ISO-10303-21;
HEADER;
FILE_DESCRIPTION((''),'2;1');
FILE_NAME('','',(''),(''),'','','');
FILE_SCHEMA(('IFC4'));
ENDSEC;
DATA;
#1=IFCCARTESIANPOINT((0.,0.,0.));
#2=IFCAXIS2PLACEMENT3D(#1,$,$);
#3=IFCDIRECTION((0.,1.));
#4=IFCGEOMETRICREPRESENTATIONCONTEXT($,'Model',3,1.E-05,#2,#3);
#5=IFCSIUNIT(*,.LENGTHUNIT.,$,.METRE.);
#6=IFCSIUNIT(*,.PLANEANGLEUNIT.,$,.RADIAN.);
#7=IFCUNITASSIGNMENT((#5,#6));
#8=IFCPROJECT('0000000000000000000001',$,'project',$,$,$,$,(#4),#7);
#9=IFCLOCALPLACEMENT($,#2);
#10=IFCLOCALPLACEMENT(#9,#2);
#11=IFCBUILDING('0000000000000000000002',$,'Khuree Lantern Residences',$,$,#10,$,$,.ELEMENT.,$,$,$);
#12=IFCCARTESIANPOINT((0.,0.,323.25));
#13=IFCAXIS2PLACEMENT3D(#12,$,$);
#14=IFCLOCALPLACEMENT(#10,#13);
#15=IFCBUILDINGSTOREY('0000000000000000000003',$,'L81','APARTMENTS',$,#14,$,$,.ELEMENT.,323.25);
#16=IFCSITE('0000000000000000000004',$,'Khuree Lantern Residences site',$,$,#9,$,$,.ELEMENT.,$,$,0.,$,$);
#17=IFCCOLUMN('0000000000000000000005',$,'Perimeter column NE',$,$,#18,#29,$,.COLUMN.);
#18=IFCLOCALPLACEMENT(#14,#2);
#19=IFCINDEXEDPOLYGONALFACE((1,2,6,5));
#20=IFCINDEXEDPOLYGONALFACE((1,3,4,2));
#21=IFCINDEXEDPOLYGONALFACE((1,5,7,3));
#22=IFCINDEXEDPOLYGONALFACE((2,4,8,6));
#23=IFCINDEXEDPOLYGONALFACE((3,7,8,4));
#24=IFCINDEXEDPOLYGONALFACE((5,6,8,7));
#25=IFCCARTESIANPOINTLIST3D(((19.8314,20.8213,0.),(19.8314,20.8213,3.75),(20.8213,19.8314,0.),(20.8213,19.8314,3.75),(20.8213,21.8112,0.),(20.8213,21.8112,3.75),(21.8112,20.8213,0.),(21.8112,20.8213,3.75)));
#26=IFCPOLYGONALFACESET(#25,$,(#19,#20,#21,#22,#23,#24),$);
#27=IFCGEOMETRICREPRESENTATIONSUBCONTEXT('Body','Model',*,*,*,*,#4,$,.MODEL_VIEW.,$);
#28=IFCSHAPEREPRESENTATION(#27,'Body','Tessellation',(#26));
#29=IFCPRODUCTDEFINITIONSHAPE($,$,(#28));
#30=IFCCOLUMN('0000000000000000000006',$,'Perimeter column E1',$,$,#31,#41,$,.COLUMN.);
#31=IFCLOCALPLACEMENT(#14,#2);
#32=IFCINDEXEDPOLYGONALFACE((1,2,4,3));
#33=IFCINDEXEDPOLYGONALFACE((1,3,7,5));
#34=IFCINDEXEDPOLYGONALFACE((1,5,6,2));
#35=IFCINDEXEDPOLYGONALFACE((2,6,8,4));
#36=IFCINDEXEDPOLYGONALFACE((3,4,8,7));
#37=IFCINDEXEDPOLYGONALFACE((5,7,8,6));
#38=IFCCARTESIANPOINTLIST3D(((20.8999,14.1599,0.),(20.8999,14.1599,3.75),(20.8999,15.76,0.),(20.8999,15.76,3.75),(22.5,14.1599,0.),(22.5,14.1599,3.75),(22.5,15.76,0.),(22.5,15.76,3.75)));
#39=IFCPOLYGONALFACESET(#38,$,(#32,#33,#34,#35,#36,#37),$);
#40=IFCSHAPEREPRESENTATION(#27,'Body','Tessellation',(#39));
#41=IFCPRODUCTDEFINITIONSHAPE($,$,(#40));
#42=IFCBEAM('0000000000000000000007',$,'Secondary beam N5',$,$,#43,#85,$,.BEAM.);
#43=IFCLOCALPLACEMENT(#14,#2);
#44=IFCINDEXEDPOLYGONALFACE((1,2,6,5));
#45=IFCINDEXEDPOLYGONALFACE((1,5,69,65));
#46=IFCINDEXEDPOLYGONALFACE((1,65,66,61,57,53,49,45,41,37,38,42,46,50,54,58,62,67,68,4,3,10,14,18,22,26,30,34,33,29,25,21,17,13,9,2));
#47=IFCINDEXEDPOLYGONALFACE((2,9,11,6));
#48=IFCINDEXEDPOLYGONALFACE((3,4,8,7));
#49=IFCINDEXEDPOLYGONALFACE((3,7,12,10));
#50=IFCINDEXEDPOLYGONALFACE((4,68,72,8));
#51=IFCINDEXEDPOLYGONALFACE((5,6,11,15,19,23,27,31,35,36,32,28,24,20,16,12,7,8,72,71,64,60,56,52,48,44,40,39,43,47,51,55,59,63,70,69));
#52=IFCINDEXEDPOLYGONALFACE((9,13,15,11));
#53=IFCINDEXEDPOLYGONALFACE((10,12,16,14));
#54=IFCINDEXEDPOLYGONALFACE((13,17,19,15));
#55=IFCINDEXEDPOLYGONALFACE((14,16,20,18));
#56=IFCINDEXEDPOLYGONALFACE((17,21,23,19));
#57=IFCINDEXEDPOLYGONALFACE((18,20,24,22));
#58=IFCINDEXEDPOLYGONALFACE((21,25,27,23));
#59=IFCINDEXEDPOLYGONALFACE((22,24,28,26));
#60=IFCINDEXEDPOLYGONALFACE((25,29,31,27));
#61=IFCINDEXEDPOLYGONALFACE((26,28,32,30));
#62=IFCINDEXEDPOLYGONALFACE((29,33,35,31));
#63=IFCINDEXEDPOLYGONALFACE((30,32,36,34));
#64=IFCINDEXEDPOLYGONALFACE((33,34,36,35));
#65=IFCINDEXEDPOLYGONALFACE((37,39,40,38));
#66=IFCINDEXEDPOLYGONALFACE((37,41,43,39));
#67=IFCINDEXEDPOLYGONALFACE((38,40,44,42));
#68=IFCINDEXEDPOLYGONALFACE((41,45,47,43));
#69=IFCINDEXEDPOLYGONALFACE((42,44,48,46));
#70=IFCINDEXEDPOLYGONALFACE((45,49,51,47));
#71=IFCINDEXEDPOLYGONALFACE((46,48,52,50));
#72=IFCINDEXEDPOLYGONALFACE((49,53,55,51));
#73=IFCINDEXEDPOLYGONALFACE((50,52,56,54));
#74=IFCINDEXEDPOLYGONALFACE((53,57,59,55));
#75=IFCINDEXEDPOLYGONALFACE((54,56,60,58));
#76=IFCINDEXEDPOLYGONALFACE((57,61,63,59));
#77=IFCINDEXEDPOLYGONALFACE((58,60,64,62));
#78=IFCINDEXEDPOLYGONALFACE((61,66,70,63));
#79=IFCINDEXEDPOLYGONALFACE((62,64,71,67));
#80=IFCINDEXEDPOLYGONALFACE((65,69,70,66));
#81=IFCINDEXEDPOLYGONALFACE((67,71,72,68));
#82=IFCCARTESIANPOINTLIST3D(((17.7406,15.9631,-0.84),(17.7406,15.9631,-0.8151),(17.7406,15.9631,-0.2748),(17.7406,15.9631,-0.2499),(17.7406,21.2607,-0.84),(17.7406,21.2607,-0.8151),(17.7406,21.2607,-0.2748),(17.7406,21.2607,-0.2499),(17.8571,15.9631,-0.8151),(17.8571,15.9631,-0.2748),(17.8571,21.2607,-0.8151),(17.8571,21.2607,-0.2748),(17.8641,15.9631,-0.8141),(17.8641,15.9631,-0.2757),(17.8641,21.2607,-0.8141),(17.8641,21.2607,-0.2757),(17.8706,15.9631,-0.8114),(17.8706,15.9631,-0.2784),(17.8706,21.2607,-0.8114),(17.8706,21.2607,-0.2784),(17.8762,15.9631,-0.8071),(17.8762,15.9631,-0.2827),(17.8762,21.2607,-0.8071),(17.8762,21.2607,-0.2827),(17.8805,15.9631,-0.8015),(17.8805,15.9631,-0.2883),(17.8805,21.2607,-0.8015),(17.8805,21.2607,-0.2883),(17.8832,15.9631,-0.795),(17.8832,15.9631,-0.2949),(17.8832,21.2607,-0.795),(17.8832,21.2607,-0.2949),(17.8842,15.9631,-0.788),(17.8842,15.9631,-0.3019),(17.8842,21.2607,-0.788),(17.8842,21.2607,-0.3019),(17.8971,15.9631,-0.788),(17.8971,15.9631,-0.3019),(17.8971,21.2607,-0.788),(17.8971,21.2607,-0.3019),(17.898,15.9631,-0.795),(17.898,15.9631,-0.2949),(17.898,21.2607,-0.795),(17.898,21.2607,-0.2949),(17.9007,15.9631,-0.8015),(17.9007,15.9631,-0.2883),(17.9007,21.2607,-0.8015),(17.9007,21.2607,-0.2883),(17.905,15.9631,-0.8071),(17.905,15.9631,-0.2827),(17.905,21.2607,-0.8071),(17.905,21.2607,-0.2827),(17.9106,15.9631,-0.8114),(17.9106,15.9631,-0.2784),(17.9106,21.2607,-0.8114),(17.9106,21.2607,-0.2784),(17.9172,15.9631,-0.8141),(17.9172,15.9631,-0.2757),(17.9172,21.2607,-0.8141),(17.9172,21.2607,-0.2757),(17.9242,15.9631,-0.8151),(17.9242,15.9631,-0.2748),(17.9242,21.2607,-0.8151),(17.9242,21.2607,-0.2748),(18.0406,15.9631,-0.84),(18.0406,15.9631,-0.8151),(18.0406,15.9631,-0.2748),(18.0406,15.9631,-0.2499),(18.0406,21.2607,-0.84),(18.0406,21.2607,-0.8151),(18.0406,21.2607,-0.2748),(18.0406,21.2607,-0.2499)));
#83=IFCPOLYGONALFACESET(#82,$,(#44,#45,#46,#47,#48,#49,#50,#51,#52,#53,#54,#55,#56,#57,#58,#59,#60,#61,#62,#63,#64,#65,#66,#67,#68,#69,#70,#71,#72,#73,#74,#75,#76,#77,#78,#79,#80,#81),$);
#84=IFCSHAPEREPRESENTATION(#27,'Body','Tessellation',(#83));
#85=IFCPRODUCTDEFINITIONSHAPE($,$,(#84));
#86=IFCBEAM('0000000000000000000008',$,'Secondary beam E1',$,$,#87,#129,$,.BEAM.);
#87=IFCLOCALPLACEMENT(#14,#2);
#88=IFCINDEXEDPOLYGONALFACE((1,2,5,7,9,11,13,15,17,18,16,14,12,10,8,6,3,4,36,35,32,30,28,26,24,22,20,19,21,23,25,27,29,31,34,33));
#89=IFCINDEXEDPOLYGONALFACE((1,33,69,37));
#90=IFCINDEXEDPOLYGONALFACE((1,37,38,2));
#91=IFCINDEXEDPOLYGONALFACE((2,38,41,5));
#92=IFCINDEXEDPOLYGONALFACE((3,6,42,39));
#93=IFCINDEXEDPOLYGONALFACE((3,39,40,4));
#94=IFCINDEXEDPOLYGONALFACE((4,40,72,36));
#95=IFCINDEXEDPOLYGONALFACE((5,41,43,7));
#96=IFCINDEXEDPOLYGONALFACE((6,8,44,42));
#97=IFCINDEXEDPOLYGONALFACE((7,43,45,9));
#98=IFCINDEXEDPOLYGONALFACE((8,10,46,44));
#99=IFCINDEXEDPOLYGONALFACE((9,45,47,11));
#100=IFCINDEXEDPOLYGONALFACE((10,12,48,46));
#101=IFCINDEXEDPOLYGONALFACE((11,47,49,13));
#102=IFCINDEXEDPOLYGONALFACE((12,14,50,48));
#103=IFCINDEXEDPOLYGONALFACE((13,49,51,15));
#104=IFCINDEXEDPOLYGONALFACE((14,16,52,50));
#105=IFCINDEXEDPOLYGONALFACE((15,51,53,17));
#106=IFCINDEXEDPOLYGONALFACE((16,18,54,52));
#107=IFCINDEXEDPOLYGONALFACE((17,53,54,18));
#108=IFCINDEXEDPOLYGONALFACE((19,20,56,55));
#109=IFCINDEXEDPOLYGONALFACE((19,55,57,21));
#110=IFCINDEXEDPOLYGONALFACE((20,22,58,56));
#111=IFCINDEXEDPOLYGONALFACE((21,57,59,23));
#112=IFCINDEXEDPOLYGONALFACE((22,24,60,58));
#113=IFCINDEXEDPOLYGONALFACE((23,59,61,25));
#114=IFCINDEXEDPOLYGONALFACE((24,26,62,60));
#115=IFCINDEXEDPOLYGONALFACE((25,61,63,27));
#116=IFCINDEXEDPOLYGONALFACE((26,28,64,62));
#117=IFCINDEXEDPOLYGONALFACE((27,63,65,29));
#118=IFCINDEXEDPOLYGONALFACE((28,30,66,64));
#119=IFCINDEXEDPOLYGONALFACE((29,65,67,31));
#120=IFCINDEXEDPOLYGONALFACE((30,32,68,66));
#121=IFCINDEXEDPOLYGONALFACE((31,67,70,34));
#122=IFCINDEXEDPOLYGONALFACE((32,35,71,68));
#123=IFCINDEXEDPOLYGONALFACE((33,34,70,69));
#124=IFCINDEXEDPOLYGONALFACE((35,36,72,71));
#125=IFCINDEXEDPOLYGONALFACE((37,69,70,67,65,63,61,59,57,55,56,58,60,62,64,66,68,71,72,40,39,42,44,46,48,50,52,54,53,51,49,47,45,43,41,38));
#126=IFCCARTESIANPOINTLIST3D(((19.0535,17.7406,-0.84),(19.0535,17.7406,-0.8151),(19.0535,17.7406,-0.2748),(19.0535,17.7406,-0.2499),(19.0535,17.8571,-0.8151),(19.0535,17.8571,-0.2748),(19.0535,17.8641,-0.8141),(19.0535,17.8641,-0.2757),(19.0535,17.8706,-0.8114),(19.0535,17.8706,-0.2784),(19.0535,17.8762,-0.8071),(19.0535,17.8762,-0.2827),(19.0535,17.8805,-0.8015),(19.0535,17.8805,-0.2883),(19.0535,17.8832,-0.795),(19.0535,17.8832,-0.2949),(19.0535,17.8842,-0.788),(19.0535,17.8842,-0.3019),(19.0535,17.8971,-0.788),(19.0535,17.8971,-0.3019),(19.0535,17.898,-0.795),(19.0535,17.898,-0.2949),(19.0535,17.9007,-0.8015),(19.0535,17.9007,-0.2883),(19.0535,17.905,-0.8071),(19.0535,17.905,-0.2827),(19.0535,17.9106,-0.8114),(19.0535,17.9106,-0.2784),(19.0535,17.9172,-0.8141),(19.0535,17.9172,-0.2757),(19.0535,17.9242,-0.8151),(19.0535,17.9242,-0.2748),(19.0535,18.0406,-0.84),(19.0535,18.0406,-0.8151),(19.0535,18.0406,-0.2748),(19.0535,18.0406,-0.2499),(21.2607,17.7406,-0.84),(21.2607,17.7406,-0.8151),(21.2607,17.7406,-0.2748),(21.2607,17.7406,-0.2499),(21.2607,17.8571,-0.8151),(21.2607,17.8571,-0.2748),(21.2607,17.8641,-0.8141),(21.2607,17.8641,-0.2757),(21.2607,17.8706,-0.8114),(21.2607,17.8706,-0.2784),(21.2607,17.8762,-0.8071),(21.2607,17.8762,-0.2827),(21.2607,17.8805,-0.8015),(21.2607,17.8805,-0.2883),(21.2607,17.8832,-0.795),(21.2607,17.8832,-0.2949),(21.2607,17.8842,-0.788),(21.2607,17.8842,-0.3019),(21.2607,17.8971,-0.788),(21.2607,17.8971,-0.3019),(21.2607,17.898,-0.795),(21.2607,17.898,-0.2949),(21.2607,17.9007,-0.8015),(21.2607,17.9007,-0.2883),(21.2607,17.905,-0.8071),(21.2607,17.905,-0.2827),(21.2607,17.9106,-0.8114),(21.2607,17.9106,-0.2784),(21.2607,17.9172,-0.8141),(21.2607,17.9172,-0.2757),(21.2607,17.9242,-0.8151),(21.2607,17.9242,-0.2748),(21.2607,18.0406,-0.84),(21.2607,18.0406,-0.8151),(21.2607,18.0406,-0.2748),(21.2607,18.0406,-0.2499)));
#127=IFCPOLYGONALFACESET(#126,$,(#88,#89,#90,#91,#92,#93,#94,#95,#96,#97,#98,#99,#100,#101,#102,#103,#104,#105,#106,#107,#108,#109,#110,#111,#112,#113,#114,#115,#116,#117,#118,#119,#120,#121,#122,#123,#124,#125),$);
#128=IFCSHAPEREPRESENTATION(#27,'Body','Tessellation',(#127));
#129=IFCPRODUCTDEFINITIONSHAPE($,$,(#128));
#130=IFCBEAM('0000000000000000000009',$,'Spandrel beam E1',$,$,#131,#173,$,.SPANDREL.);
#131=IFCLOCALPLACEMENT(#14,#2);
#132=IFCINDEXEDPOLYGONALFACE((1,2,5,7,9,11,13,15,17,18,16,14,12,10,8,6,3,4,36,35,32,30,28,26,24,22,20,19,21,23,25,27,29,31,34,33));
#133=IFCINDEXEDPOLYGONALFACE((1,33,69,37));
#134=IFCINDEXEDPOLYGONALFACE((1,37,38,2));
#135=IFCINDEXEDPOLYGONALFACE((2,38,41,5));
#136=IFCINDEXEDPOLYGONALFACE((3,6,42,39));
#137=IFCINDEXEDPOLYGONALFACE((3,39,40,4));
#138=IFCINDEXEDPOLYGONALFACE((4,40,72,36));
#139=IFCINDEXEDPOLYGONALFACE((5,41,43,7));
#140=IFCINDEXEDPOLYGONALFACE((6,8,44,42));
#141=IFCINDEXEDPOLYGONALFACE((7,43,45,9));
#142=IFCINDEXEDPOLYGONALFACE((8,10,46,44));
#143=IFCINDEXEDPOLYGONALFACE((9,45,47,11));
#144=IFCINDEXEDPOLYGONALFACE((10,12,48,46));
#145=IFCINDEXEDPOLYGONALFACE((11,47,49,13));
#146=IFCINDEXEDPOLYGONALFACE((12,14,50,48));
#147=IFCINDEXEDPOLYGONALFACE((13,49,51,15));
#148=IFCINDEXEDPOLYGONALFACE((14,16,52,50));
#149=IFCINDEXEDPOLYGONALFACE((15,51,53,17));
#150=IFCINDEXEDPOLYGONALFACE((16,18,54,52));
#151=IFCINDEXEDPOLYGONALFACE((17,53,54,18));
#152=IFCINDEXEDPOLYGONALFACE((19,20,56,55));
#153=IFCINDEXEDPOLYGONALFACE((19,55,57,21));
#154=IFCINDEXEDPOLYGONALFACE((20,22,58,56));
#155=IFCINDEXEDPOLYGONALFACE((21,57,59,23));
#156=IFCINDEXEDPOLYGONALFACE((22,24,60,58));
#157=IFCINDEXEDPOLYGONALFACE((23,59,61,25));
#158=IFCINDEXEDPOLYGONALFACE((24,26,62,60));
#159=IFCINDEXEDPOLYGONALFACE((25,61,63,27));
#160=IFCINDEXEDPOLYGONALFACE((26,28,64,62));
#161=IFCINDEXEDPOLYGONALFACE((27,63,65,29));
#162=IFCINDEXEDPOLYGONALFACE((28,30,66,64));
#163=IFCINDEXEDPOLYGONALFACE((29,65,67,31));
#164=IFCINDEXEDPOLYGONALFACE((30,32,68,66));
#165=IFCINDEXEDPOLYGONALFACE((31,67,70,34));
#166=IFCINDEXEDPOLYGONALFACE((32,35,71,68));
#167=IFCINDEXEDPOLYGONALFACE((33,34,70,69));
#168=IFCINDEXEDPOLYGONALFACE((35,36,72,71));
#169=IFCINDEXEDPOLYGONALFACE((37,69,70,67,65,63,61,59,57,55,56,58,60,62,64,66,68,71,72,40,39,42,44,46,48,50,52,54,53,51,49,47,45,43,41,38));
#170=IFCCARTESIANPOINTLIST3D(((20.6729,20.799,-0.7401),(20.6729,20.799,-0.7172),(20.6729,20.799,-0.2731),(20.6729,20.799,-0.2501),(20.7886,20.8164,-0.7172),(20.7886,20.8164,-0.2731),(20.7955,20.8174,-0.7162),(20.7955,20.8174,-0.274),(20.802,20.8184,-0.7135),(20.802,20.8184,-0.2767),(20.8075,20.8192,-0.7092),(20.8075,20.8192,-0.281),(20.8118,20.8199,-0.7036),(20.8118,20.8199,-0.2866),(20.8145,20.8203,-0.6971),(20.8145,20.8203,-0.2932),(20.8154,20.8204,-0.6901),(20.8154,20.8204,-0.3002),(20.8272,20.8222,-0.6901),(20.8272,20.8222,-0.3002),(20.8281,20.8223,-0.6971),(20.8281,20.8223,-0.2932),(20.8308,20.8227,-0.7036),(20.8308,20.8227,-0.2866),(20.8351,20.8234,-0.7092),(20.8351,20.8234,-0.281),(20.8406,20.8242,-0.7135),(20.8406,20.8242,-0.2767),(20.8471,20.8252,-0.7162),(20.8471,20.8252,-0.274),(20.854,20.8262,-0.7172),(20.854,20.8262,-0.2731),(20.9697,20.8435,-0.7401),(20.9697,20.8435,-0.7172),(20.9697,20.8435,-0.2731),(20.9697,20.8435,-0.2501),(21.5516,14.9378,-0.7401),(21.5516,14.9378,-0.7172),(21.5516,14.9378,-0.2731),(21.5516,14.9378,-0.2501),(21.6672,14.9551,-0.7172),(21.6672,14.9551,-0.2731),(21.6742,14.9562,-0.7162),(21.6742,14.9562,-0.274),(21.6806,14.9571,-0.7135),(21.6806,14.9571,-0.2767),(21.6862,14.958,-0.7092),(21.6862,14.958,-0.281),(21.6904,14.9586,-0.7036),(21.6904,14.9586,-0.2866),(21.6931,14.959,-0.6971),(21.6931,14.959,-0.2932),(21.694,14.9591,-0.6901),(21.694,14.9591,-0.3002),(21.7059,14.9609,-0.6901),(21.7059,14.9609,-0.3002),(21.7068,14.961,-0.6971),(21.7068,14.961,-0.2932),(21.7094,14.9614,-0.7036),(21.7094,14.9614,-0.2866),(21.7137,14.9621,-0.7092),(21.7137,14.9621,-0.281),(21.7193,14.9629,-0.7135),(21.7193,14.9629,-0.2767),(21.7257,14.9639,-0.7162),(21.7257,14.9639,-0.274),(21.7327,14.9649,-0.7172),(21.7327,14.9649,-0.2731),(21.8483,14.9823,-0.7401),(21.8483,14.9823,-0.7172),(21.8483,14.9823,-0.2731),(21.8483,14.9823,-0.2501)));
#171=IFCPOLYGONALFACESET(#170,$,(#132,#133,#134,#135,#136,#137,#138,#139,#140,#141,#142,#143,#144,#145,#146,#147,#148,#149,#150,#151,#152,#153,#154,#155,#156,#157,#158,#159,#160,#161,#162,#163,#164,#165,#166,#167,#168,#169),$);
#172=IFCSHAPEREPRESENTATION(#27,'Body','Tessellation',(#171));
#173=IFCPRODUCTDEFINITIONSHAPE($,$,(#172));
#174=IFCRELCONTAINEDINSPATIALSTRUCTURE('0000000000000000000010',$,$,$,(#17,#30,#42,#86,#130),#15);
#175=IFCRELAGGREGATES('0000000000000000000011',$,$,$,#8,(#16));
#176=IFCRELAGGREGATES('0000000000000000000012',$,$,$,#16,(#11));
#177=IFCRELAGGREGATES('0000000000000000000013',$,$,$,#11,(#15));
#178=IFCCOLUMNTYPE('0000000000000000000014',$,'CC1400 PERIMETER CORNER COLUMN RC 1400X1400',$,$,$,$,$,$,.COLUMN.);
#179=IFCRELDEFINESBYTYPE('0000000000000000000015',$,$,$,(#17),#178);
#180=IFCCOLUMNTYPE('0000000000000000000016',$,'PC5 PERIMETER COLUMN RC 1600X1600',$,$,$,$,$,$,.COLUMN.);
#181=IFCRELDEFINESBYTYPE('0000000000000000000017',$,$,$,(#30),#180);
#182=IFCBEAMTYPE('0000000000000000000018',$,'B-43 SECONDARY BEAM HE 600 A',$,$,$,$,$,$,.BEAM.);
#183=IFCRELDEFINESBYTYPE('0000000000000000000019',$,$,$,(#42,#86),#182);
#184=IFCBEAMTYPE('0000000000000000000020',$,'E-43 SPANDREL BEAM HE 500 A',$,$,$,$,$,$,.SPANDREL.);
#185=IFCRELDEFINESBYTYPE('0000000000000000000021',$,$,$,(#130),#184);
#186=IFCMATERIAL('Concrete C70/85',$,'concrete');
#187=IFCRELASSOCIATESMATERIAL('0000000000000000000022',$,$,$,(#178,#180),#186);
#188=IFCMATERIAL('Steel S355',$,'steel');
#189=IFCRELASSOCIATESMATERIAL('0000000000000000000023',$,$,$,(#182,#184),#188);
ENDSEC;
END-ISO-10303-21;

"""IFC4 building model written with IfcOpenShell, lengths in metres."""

from ifc_helpers import new_model, si_unit, direction, frame, origin, origin_2d, place, context, subcontext, project, spatial, rectangle, i_section, extrude, material, material_profile, profile_set, type_object, element, save


model = new_model("IFC4")

# Units and contexts
model_context = context("Model", 3, precision=1e-05, world=origin(), true_north=direction((0.0, 1.0)))
body_context = subcontext(model_context, "Body", "Model", "MODEL_VIEW")
ifc_project = project(units=[si_unit("LENGTHUNIT", "METRE"), si_unit("PLANEANGLEUNIT", "RADIAN")], contexts=[model_context])

# Site, building, storey
site_placement = place(None, origin())
site = spatial("IfcSite", under=ifc_project, at=site_placement, Name="Khuree Lantern Residences site", CompositionType="ELEMENT", RefElevation=0.0)
building_placement = place(site_placement, origin())
building = spatial("IfcBuilding", under=site, at=building_placement, Name="Khuree Lantern Residences", CompositionType="ELEMENT")
storey_placement = place(building_placement, frame((0.0, 0.0, 323.25)))
storey = spatial("IfcBuildingStorey", under=building, at=storey_placement, Name="L81", Description="APARTMENTS", CompositionType="ELEMENT", Elevation=323.25)

# Columns
ifc_material_1 = material(Name="Concrete C70/85", Category="concrete")
ifc_material_profile_1 = material_profile(ifc_material_1, rectangle(XDim=1.3999, YDim=1.3999, at=origin_2d()), Name="RC 1400X1400")
ifc_profile_set_1 = profile_set([ifc_material_profile_1], Name="Concrete C70/85")
column_type_1 = type_object("IfcColumnType", Name="CC1400 PERIMETER CORNER COLUMN RC 1400X1400", PredefinedType="COLUMN", material=ifc_profile_set_1)
column_1_placement = place(storey_placement, frame((20.8213, 20.8213, 0.0), z_axis=(0.0, 0.0, 1.0), x_axis=(0.707107, -0.707107, 0.0)))
element("IfcColumn", 1, at=column_1_placement, inside=storey, type_object=column_type_1, Name="Perimeter column NE", PredefinedType="COLUMN", context=body_context, shape_type="SweptSolid", body=[
    extrude(rectangle(XDim=1.3999, YDim=1.3999, at=origin_2d()), origin(), (0.0, 0.0, 1.0), 3.75),
])
ifc_material_profile_2 = material_profile(ifc_material_1, rectangle(XDim=1.6001, YDim=1.6001, at=origin_2d()), Name="RC 1600X1600")
ifc_profile_set_2 = profile_set([ifc_material_profile_2], Name="Concrete C70/85")
column_type_2 = type_object("IfcColumnType", Name="PC5 PERIMETER COLUMN RC 1600X1600", PredefinedType="COLUMN", material=ifc_profile_set_2)
column_2_placement = place(storey_placement, frame((21.7, 14.96, 0.0), z_axis=(0.0, 0.0, 1.0), x_axis=(0.0, 1.0, 0.0)))
element("IfcColumn", 2, at=column_2_placement, inside=storey, type_object=column_type_2, Name="Perimeter column E1", PredefinedType="COLUMN", context=body_context, shape_type="SweptSolid", body=[
    extrude(rectangle(XDim=1.6001, YDim=1.6001, at=origin_2d()), origin(), (0.0, 0.0, 1.0), 3.75),
])

# Beams
ifc_material_2 = material(Name="Steel S355", Category="steel")
ifc_material_profile_3 = material_profile(ifc_material_2, i_section(OverallWidth=0.3, OverallDepth=0.5901, WebThickness=0.0129, FlangeThickness=0.0249, FilletRadius=0.0271, at=origin_2d()), Name="HE 600 A")
ifc_profile_set_3 = profile_set([ifc_material_profile_3], Name="Steel S355")
beam_type_1 = type_object("IfcBeamType", Name="B-43 SECONDARY BEAM HE 600 A", PredefinedType="BEAM", material=ifc_profile_set_3)
beam_1_placement = place(storey_placement, frame((17.8906, 21.2607, -0.5449), z_axis=(0.0, -1.0, 0.0), x_axis=(1.0, 0.0, 0.0)))
element("IfcBeam", 3, at=beam_1_placement, inside=storey, type_object=beam_type_1, Name="Secondary beam N5", PredefinedType="BEAM", context=body_context, shape_type="SweptSolid", body=[
    extrude(i_section(OverallWidth=0.3, OverallDepth=0.5901, WebThickness=0.0129, FlangeThickness=0.0249, FilletRadius=0.0271, at=origin_2d()), origin(), (0.0, 0.0, 1.0), 5.2976),
])
beam_2_placement = place(storey_placement, frame((21.2607, 17.8906, -0.5449), z_axis=(-1.0, 0.0, 0.0), x_axis=(0.0, -1.0, 0.0)))
element("IfcBeam", 4, at=beam_2_placement, inside=storey, type_object=beam_type_1, Name="Secondary beam E1", PredefinedType="BEAM", context=body_context, shape_type="SweptSolid", body=[
    extrude(i_section(OverallWidth=0.3, OverallDepth=0.5901, WebThickness=0.0129, FlangeThickness=0.0249, FilletRadius=0.0271, at=origin_2d()), origin(), (0.0, 0.0, 1.0), 2.2073),
])
ifc_material_profile_4 = material_profile(ifc_material_2, i_section(OverallWidth=0.3, OverallDepth=0.49, WebThickness=0.012, FlangeThickness=0.0229, FilletRadius=0.0271, at=origin_2d()), Name="HE 500 A")
ifc_profile_set_4 = profile_set([ifc_material_profile_4], Name="Steel S355")
beam_type_2 = type_object("IfcBeamType", Name="E-43 SPANDREL BEAM HE 500 A", PredefinedType="SPANDREL", material=ifc_profile_set_4)
beam_3_placement = place(storey_placement, frame((20.8213, 20.8213, -0.4951), z_axis=(0.148252, -0.98895, 0.0), x_axis=(0.98895, 0.148252, 0.0)))
element("IfcBeam", 5, at=beam_3_placement, inside=storey, type_object=beam_type_2, Name="Spandrel beam E1", PredefinedType="SPANDREL", context=body_context, shape_type="SweptSolid", body=[
    extrude(i_section(OverallWidth=0.3, OverallDepth=0.49, WebThickness=0.012, FlangeThickness=0.0229, FilletRadius=0.0271, at=origin_2d()), origin(), (0.0, 0.0, 1.0), 5.9268),
])

save(model, "model.ifc")
